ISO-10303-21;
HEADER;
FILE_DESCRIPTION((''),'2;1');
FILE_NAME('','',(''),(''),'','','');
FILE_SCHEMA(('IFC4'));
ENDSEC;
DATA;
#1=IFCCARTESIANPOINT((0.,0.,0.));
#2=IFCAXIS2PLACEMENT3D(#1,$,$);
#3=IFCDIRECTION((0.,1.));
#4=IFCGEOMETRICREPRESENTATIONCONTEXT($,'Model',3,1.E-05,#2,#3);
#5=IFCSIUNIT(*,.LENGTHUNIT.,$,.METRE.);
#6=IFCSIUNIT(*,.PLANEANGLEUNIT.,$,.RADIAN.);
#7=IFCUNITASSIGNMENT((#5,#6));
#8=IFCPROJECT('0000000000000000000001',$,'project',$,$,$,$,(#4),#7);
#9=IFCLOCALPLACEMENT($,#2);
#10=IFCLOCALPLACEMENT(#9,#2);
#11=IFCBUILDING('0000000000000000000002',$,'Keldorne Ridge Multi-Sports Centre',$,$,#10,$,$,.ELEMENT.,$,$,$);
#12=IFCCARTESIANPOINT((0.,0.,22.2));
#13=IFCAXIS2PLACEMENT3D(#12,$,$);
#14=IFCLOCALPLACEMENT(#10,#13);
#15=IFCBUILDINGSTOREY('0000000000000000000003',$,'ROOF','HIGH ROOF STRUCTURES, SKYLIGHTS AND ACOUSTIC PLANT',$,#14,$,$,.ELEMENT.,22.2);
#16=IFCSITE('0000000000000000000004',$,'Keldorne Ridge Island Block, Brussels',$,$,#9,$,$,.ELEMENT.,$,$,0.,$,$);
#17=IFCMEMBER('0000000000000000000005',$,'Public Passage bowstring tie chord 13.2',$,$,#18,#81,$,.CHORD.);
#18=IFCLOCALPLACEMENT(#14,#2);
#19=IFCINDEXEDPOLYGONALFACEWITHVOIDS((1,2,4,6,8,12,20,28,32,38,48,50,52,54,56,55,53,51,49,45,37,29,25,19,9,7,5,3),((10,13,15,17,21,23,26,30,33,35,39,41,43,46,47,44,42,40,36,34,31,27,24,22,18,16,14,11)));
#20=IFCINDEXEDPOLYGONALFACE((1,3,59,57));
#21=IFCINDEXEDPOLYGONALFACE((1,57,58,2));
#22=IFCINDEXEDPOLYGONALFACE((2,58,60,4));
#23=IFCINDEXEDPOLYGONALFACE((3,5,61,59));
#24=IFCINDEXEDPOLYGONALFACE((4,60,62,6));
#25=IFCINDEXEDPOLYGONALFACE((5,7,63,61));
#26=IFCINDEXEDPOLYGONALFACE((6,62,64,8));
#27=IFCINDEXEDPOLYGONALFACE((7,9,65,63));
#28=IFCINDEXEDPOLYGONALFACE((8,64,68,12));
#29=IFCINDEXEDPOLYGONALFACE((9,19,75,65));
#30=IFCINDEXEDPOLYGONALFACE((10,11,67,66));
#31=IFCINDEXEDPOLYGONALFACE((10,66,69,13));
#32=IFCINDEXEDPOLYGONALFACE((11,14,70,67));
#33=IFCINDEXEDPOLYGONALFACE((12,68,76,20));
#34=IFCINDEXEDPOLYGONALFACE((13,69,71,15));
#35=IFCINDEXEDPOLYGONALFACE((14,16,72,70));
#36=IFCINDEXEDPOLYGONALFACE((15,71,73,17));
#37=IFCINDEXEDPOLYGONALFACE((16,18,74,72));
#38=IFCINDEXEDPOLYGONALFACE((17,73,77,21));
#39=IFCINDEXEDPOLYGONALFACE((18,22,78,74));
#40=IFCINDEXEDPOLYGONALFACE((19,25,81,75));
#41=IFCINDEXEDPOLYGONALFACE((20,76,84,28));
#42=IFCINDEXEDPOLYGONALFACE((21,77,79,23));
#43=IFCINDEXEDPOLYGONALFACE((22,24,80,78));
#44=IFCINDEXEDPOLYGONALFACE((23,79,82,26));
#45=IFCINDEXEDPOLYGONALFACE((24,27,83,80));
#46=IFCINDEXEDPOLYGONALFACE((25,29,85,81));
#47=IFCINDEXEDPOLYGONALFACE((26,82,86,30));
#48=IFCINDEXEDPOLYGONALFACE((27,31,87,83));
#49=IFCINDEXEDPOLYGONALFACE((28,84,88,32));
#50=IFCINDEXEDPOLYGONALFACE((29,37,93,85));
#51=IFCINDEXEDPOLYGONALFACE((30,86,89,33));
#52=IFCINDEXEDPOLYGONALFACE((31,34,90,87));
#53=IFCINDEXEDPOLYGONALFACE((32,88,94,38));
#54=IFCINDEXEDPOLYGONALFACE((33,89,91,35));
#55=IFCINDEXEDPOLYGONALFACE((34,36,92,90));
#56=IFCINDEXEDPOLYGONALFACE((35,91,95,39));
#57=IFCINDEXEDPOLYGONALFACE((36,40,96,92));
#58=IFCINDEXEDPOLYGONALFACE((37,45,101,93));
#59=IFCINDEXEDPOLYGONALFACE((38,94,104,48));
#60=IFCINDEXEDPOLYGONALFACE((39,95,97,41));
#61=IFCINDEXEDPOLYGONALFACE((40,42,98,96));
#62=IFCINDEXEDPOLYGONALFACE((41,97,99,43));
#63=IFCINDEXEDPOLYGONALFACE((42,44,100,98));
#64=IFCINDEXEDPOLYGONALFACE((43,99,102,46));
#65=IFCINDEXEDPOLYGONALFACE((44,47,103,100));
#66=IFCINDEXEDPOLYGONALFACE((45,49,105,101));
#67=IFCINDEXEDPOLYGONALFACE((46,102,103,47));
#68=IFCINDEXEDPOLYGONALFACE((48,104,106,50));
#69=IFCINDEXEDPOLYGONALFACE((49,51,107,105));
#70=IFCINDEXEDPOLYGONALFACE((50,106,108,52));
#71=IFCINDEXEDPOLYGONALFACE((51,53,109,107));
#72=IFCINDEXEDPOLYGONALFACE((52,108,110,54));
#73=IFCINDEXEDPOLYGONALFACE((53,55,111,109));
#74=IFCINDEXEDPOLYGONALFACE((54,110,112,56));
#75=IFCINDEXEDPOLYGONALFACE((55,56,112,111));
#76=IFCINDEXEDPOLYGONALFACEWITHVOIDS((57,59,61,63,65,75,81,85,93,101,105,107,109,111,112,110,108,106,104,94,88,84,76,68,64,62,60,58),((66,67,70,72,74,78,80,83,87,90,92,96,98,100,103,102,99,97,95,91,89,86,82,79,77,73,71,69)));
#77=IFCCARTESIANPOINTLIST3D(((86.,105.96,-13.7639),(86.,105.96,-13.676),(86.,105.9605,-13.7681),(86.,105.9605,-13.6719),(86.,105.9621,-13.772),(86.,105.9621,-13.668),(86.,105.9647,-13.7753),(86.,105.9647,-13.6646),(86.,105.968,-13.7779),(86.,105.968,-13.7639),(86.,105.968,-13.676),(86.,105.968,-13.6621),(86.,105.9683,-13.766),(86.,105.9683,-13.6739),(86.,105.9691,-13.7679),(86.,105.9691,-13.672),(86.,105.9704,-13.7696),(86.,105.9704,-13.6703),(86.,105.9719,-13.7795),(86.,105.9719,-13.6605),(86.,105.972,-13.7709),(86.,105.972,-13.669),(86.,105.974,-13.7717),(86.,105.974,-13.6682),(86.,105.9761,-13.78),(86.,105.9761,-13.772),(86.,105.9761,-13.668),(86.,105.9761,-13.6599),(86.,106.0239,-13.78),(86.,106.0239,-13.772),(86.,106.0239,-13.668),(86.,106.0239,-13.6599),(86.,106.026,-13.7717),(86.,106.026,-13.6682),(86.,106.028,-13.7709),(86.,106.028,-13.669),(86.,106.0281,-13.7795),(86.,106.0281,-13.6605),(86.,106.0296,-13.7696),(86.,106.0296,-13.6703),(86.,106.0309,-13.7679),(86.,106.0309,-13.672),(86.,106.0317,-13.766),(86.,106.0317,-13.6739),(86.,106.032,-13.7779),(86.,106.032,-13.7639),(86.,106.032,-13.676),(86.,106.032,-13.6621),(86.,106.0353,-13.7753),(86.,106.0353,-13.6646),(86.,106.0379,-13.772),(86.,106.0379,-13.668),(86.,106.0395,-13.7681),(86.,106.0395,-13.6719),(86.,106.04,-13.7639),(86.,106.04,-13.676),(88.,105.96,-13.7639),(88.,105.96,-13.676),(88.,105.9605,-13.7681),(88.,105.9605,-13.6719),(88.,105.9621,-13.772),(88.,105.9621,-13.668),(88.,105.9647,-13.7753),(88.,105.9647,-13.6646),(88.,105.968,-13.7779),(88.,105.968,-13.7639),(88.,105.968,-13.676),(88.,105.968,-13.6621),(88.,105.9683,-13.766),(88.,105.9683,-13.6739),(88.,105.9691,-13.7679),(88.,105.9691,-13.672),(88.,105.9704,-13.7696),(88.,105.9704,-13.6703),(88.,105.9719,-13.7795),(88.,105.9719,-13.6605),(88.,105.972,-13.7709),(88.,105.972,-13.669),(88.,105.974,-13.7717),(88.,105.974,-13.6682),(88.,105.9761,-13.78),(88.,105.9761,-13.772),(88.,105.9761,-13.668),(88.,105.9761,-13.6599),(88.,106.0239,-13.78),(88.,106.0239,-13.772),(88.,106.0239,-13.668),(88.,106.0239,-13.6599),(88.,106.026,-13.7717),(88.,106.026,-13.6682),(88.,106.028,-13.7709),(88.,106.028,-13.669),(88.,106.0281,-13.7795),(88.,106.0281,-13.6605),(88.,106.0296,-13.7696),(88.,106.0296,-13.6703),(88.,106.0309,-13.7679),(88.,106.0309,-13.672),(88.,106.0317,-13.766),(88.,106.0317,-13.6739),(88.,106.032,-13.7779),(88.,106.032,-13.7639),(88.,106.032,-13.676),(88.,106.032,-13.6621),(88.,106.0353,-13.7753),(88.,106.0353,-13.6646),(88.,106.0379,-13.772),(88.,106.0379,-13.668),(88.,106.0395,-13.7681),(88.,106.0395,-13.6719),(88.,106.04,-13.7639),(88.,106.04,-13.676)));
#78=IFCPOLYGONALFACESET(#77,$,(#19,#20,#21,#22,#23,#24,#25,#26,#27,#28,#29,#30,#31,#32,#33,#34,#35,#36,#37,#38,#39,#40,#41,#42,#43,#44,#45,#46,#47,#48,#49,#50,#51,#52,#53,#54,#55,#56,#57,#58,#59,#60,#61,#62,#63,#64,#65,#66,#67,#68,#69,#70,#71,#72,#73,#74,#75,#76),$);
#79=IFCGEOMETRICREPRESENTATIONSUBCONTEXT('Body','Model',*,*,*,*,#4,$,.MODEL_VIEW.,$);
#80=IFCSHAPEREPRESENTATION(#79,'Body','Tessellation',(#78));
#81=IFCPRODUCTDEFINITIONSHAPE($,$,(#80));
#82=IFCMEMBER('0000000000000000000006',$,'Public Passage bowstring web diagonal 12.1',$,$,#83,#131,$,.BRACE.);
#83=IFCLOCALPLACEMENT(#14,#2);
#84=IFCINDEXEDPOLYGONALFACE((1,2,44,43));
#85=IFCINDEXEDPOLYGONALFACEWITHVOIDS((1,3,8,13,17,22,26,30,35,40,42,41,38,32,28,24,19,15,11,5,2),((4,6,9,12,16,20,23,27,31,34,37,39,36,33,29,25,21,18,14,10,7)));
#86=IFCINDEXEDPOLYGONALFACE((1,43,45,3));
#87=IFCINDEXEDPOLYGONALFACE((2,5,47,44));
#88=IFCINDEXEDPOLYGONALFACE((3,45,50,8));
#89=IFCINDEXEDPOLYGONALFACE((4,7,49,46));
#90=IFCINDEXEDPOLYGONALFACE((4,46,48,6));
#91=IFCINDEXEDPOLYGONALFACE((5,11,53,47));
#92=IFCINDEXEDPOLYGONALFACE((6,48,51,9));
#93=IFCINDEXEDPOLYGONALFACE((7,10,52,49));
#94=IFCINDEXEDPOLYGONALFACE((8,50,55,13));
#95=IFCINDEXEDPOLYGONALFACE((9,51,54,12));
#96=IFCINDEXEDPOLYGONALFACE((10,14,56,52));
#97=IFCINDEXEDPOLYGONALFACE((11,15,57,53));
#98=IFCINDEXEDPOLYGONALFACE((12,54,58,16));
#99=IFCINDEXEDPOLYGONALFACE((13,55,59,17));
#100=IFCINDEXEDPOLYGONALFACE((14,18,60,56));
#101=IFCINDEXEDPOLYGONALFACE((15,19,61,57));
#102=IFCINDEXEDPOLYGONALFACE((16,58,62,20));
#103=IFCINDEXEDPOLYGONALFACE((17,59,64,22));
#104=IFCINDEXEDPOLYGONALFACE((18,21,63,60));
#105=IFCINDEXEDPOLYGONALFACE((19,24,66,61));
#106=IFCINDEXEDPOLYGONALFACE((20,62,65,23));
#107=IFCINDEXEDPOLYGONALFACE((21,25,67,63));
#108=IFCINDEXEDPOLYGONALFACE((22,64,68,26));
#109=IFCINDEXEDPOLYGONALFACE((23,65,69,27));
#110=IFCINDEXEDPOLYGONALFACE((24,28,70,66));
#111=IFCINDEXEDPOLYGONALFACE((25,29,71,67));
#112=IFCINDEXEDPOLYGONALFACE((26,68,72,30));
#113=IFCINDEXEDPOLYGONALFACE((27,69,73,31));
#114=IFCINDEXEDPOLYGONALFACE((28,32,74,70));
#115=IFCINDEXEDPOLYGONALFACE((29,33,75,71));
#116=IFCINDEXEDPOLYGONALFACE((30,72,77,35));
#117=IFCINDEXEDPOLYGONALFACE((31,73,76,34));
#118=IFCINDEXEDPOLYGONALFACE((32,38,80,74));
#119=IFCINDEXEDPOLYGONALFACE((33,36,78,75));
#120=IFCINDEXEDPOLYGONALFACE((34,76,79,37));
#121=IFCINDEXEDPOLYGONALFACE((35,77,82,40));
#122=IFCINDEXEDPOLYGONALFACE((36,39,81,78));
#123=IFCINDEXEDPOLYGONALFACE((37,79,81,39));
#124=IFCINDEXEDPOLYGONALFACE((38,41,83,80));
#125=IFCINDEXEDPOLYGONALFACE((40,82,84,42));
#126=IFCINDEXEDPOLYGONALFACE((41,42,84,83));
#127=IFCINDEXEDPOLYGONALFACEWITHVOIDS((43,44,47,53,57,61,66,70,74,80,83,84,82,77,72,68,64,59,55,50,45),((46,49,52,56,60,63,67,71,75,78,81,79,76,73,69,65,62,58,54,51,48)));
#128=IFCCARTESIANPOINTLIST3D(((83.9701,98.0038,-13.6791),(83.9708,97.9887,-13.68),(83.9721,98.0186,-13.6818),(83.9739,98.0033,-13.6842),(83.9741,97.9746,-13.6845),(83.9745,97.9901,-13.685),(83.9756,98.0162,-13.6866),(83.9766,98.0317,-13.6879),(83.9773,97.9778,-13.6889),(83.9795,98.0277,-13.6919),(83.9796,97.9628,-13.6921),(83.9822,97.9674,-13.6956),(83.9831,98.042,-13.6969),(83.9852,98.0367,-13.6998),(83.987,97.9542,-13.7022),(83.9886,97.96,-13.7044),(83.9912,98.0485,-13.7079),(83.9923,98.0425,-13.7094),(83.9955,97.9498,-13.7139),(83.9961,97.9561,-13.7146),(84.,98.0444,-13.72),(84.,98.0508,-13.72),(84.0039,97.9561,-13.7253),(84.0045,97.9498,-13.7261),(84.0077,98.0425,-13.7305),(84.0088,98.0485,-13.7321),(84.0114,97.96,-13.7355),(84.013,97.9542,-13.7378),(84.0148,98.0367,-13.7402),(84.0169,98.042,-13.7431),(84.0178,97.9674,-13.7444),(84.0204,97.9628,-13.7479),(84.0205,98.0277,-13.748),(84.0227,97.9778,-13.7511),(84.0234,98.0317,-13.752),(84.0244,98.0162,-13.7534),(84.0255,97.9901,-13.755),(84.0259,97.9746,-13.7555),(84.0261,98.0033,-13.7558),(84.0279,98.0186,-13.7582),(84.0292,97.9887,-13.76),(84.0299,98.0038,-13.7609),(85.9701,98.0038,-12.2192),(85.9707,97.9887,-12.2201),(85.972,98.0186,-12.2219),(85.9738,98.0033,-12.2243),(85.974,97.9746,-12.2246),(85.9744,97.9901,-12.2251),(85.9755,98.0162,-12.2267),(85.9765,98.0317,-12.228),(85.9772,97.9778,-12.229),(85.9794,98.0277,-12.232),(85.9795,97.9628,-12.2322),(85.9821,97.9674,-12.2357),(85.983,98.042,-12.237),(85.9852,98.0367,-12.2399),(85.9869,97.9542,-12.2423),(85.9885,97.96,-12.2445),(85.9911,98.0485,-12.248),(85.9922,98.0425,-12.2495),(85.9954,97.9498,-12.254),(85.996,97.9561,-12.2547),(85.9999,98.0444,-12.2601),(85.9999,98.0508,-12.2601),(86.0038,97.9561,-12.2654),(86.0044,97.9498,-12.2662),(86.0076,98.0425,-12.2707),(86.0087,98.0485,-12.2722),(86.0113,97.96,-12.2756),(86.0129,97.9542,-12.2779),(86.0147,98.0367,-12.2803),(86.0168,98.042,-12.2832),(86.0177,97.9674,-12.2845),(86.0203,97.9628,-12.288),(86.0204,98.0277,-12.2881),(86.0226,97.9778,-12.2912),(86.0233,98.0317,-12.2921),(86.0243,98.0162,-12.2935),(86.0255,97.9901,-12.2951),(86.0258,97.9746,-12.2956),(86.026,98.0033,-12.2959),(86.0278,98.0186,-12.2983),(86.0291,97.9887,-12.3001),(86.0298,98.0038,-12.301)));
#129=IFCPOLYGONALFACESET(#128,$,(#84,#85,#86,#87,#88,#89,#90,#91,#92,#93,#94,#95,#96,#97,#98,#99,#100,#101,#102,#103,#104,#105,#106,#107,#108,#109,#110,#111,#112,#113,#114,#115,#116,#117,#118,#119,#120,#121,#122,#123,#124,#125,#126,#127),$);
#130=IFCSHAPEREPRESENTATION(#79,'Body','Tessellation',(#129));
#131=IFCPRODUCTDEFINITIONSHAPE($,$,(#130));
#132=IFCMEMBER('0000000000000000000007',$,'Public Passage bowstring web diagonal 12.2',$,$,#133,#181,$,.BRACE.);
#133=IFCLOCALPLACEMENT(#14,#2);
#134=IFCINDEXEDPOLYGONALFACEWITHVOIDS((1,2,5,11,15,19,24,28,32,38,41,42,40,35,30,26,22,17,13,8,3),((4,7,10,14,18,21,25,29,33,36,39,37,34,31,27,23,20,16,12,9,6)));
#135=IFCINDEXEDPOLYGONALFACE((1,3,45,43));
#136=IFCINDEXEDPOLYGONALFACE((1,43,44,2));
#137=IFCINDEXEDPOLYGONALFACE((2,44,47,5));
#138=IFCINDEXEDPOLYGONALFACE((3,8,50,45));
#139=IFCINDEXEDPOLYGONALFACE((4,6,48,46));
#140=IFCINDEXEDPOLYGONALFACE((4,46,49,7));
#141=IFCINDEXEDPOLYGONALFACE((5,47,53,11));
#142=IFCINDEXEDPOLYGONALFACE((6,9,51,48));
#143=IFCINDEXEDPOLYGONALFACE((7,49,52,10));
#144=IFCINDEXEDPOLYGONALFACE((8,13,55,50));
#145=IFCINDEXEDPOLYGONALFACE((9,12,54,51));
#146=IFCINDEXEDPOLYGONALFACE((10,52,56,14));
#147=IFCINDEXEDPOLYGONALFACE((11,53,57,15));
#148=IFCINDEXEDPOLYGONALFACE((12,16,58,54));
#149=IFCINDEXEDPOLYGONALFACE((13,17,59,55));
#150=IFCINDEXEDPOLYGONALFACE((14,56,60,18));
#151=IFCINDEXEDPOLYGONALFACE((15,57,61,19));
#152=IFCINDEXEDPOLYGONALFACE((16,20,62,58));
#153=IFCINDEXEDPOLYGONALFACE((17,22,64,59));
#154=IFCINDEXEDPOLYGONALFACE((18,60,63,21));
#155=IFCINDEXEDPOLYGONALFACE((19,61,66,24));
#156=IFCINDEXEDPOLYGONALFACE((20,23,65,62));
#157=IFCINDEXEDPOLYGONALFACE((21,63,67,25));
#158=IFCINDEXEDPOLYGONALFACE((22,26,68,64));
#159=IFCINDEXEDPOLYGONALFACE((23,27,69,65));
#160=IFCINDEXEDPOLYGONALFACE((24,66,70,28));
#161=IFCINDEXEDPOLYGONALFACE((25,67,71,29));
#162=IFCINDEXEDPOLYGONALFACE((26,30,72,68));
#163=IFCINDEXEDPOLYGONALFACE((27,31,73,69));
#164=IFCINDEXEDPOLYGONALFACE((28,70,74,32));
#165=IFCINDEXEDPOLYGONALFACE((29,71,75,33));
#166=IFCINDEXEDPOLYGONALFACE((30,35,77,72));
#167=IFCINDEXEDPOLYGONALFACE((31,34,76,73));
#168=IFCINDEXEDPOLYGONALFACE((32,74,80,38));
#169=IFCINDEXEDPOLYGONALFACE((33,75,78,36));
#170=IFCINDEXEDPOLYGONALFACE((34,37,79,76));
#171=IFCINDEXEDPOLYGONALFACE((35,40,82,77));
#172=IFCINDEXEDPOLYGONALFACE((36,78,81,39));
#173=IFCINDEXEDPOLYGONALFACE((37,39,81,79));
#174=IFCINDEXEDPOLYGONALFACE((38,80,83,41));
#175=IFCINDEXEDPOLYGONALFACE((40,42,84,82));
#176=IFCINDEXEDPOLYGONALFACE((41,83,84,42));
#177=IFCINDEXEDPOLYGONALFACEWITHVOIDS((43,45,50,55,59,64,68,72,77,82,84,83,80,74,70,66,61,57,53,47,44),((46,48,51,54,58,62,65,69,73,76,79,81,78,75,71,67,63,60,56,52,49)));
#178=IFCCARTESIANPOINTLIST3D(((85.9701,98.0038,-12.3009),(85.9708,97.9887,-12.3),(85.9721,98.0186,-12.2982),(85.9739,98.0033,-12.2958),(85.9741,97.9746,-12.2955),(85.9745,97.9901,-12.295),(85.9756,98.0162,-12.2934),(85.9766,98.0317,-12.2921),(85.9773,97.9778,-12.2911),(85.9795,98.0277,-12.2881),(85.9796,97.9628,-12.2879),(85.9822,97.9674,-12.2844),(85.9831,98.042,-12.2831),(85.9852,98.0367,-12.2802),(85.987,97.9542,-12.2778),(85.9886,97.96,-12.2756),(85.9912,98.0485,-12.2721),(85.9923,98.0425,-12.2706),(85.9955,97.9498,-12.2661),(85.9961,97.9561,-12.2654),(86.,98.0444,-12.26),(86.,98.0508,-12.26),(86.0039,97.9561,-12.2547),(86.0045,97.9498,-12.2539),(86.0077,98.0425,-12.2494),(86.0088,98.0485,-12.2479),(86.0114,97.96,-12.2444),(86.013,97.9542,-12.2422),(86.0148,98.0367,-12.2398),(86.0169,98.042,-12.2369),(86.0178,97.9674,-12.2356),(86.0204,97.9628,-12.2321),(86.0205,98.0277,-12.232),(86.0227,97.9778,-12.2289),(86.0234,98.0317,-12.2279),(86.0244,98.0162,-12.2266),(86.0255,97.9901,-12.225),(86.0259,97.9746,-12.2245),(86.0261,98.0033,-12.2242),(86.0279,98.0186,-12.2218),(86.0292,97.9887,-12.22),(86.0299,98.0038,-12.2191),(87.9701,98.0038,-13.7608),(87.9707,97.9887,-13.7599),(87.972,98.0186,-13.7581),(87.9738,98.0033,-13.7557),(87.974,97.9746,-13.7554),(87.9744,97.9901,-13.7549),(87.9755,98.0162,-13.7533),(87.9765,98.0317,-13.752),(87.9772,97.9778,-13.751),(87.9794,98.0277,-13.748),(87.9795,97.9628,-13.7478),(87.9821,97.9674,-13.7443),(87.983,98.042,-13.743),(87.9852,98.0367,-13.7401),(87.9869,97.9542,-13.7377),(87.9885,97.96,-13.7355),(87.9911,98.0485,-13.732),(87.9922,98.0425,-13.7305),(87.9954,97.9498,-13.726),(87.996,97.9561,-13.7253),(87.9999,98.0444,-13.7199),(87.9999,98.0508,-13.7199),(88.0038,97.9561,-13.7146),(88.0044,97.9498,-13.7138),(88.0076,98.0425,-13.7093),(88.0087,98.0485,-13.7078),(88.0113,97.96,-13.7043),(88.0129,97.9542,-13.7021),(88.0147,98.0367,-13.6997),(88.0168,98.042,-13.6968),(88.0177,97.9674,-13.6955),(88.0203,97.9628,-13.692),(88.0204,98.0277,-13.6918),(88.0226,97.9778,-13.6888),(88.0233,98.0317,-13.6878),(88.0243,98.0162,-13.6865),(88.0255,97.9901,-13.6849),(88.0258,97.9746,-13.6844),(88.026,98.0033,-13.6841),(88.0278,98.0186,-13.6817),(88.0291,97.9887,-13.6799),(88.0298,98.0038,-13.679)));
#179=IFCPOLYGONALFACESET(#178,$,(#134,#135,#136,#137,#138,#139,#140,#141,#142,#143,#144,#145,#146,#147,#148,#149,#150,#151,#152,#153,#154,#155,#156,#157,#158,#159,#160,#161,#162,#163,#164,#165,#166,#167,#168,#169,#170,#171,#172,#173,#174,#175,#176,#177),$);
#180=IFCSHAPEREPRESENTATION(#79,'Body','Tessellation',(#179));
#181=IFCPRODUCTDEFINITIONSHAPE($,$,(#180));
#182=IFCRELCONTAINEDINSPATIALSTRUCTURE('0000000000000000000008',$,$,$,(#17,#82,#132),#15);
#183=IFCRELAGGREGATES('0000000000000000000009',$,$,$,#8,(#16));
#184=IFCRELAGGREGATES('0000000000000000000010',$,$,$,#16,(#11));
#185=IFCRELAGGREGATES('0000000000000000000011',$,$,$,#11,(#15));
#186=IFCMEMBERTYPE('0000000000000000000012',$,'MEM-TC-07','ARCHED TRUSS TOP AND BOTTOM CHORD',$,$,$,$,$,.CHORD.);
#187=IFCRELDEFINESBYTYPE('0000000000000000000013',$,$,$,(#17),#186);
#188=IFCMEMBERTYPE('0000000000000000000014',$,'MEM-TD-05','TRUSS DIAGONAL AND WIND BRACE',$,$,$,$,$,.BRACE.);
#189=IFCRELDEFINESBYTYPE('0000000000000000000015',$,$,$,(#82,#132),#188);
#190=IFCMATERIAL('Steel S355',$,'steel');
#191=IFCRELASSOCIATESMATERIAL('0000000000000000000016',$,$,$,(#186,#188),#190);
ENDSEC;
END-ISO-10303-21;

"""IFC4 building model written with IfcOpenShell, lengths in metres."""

from ifc_helpers import new_model, si_unit, direction, frame, origin, origin_2d, place, context, subcontext, project, spatial, hollow_rectangle, hollow_circle, extrude, material, material_profile, profile_set, type_object, element, save


model = new_model("IFC4")

# Units and contexts
model_context = context("Model", 3, precision=1e-05, world=origin(), true_north=direction((0.0, 1.0)))
body_context = subcontext(model_context, "Body", "Model", "MODEL_VIEW")
ifc_project = project(units=[si_unit("LENGTHUNIT", "METRE"), si_unit("PLANEANGLEUNIT", "RADIAN")], contexts=[model_context])

# Site, building, storey
site_placement = place(None, origin())
site = spatial("IfcSite", under=ifc_project, at=site_placement, Name="Keldorne Ridge Island Block, Brussels", CompositionType="ELEMENT", RefElevation=0.0)
building_placement = place(site_placement, origin())
building = spatial("IfcBuilding", under=site, at=building_placement, Name="Keldorne Ridge Multi-Sports Centre", CompositionType="ELEMENT")
storey_placement = place(building_placement, frame((0.0, 0.0, 22.2)))
storey = spatial("IfcBuildingStorey", under=building, at=storey_placement, Name="ROOF", Description="HIGH ROOF STRUCTURES, SKYLIGHTS AND ACOUSTIC PLANT", CompositionType="ELEMENT", Elevation=22.2)

# Members
ifc_material = material(Name="Steel S355", Category="steel")
ifc_material_profile_1 = material_profile(ifc_material, hollow_rectangle(XDim=0.0801, YDim=0.1201, WallThickness=0.0081, InnerFilletRadius=0.0081, OuterFilletRadius=0.0161, at=origin_2d()), Name="RHS 120x80x8")
ifc_profile_set_1 = profile_set([ifc_material_profile_1], Name="Steel S355")
member_type_1 = type_object("IfcMemberType", Name="MEM-TC-07", Description="ARCHED TRUSS TOP AND BOTTOM CHORD", PredefinedType="CHORD", material=ifc_profile_set_1)
for number, where, z_axis, x_axis, name in (
    (1, (86.0, 106.0, -13.72), (1.0, 0.0, 0.0), (0.0, 1.0, 0.0), "Public Passage bowstring tie chord 13.2"),
):
    element("IfcMember", number, at=place(storey_placement, frame(where, z_axis=z_axis, x_axis=x_axis)), inside=storey, type_object=member_type_1, Name=name, PredefinedType="CHORD", context=body_context, shape_type="SweptSolid", body=[
        extrude(hollow_rectangle(XDim=0.0801, YDim=0.1201, WallThickness=0.0081, InnerFilletRadius=0.0081, OuterFilletRadius=0.0161, at=origin_2d()), origin(), (0.0, 0.0, 1.0), 2.0),
    ])
ifc_material_profile_2 = material_profile(ifc_material, hollow_circle(Radius=0.0508, WallThickness=0.0063, at=origin_2d()), Name="CHS 101.6x6.3")
ifc_profile_set_2 = profile_set([ifc_material_profile_2], Name="Steel S355")
member_type_2 = type_object("IfcMemberType", Name="MEM-TD-05", Description="TRUSS DIAGONAL AND WIND BRACE", PredefinedType="BRACE", material=ifc_profile_set_2)
for number, where, z_axis, x_axis, name in (
    (2, (84.0, 98.0, -13.72), (0.807695, 0.0, 0.589601), (0.0, 1.0, 0.0), "Public Passage bowstring web diagonal 12.1"),
    (3, (86.0, 98.0, -12.26), (0.807695, 0.0, -0.589601), (0.0, 1.0, 0.0), "Public Passage bowstring web diagonal 12.2"),
):
    element("IfcMember", number, at=place(storey_placement, frame(where, z_axis=z_axis, x_axis=x_axis)), inside=storey, type_object=member_type_2, Name=name, PredefinedType="BRACE", context=body_context, shape_type="SweptSolid", body=[
        extrude(hollow_circle(Radius=0.0508, WallThickness=0.0063, at=origin_2d()), origin(), (0.0, 0.0, 1.0), 2.4761),
    ])

save(model, "model.ifc")
